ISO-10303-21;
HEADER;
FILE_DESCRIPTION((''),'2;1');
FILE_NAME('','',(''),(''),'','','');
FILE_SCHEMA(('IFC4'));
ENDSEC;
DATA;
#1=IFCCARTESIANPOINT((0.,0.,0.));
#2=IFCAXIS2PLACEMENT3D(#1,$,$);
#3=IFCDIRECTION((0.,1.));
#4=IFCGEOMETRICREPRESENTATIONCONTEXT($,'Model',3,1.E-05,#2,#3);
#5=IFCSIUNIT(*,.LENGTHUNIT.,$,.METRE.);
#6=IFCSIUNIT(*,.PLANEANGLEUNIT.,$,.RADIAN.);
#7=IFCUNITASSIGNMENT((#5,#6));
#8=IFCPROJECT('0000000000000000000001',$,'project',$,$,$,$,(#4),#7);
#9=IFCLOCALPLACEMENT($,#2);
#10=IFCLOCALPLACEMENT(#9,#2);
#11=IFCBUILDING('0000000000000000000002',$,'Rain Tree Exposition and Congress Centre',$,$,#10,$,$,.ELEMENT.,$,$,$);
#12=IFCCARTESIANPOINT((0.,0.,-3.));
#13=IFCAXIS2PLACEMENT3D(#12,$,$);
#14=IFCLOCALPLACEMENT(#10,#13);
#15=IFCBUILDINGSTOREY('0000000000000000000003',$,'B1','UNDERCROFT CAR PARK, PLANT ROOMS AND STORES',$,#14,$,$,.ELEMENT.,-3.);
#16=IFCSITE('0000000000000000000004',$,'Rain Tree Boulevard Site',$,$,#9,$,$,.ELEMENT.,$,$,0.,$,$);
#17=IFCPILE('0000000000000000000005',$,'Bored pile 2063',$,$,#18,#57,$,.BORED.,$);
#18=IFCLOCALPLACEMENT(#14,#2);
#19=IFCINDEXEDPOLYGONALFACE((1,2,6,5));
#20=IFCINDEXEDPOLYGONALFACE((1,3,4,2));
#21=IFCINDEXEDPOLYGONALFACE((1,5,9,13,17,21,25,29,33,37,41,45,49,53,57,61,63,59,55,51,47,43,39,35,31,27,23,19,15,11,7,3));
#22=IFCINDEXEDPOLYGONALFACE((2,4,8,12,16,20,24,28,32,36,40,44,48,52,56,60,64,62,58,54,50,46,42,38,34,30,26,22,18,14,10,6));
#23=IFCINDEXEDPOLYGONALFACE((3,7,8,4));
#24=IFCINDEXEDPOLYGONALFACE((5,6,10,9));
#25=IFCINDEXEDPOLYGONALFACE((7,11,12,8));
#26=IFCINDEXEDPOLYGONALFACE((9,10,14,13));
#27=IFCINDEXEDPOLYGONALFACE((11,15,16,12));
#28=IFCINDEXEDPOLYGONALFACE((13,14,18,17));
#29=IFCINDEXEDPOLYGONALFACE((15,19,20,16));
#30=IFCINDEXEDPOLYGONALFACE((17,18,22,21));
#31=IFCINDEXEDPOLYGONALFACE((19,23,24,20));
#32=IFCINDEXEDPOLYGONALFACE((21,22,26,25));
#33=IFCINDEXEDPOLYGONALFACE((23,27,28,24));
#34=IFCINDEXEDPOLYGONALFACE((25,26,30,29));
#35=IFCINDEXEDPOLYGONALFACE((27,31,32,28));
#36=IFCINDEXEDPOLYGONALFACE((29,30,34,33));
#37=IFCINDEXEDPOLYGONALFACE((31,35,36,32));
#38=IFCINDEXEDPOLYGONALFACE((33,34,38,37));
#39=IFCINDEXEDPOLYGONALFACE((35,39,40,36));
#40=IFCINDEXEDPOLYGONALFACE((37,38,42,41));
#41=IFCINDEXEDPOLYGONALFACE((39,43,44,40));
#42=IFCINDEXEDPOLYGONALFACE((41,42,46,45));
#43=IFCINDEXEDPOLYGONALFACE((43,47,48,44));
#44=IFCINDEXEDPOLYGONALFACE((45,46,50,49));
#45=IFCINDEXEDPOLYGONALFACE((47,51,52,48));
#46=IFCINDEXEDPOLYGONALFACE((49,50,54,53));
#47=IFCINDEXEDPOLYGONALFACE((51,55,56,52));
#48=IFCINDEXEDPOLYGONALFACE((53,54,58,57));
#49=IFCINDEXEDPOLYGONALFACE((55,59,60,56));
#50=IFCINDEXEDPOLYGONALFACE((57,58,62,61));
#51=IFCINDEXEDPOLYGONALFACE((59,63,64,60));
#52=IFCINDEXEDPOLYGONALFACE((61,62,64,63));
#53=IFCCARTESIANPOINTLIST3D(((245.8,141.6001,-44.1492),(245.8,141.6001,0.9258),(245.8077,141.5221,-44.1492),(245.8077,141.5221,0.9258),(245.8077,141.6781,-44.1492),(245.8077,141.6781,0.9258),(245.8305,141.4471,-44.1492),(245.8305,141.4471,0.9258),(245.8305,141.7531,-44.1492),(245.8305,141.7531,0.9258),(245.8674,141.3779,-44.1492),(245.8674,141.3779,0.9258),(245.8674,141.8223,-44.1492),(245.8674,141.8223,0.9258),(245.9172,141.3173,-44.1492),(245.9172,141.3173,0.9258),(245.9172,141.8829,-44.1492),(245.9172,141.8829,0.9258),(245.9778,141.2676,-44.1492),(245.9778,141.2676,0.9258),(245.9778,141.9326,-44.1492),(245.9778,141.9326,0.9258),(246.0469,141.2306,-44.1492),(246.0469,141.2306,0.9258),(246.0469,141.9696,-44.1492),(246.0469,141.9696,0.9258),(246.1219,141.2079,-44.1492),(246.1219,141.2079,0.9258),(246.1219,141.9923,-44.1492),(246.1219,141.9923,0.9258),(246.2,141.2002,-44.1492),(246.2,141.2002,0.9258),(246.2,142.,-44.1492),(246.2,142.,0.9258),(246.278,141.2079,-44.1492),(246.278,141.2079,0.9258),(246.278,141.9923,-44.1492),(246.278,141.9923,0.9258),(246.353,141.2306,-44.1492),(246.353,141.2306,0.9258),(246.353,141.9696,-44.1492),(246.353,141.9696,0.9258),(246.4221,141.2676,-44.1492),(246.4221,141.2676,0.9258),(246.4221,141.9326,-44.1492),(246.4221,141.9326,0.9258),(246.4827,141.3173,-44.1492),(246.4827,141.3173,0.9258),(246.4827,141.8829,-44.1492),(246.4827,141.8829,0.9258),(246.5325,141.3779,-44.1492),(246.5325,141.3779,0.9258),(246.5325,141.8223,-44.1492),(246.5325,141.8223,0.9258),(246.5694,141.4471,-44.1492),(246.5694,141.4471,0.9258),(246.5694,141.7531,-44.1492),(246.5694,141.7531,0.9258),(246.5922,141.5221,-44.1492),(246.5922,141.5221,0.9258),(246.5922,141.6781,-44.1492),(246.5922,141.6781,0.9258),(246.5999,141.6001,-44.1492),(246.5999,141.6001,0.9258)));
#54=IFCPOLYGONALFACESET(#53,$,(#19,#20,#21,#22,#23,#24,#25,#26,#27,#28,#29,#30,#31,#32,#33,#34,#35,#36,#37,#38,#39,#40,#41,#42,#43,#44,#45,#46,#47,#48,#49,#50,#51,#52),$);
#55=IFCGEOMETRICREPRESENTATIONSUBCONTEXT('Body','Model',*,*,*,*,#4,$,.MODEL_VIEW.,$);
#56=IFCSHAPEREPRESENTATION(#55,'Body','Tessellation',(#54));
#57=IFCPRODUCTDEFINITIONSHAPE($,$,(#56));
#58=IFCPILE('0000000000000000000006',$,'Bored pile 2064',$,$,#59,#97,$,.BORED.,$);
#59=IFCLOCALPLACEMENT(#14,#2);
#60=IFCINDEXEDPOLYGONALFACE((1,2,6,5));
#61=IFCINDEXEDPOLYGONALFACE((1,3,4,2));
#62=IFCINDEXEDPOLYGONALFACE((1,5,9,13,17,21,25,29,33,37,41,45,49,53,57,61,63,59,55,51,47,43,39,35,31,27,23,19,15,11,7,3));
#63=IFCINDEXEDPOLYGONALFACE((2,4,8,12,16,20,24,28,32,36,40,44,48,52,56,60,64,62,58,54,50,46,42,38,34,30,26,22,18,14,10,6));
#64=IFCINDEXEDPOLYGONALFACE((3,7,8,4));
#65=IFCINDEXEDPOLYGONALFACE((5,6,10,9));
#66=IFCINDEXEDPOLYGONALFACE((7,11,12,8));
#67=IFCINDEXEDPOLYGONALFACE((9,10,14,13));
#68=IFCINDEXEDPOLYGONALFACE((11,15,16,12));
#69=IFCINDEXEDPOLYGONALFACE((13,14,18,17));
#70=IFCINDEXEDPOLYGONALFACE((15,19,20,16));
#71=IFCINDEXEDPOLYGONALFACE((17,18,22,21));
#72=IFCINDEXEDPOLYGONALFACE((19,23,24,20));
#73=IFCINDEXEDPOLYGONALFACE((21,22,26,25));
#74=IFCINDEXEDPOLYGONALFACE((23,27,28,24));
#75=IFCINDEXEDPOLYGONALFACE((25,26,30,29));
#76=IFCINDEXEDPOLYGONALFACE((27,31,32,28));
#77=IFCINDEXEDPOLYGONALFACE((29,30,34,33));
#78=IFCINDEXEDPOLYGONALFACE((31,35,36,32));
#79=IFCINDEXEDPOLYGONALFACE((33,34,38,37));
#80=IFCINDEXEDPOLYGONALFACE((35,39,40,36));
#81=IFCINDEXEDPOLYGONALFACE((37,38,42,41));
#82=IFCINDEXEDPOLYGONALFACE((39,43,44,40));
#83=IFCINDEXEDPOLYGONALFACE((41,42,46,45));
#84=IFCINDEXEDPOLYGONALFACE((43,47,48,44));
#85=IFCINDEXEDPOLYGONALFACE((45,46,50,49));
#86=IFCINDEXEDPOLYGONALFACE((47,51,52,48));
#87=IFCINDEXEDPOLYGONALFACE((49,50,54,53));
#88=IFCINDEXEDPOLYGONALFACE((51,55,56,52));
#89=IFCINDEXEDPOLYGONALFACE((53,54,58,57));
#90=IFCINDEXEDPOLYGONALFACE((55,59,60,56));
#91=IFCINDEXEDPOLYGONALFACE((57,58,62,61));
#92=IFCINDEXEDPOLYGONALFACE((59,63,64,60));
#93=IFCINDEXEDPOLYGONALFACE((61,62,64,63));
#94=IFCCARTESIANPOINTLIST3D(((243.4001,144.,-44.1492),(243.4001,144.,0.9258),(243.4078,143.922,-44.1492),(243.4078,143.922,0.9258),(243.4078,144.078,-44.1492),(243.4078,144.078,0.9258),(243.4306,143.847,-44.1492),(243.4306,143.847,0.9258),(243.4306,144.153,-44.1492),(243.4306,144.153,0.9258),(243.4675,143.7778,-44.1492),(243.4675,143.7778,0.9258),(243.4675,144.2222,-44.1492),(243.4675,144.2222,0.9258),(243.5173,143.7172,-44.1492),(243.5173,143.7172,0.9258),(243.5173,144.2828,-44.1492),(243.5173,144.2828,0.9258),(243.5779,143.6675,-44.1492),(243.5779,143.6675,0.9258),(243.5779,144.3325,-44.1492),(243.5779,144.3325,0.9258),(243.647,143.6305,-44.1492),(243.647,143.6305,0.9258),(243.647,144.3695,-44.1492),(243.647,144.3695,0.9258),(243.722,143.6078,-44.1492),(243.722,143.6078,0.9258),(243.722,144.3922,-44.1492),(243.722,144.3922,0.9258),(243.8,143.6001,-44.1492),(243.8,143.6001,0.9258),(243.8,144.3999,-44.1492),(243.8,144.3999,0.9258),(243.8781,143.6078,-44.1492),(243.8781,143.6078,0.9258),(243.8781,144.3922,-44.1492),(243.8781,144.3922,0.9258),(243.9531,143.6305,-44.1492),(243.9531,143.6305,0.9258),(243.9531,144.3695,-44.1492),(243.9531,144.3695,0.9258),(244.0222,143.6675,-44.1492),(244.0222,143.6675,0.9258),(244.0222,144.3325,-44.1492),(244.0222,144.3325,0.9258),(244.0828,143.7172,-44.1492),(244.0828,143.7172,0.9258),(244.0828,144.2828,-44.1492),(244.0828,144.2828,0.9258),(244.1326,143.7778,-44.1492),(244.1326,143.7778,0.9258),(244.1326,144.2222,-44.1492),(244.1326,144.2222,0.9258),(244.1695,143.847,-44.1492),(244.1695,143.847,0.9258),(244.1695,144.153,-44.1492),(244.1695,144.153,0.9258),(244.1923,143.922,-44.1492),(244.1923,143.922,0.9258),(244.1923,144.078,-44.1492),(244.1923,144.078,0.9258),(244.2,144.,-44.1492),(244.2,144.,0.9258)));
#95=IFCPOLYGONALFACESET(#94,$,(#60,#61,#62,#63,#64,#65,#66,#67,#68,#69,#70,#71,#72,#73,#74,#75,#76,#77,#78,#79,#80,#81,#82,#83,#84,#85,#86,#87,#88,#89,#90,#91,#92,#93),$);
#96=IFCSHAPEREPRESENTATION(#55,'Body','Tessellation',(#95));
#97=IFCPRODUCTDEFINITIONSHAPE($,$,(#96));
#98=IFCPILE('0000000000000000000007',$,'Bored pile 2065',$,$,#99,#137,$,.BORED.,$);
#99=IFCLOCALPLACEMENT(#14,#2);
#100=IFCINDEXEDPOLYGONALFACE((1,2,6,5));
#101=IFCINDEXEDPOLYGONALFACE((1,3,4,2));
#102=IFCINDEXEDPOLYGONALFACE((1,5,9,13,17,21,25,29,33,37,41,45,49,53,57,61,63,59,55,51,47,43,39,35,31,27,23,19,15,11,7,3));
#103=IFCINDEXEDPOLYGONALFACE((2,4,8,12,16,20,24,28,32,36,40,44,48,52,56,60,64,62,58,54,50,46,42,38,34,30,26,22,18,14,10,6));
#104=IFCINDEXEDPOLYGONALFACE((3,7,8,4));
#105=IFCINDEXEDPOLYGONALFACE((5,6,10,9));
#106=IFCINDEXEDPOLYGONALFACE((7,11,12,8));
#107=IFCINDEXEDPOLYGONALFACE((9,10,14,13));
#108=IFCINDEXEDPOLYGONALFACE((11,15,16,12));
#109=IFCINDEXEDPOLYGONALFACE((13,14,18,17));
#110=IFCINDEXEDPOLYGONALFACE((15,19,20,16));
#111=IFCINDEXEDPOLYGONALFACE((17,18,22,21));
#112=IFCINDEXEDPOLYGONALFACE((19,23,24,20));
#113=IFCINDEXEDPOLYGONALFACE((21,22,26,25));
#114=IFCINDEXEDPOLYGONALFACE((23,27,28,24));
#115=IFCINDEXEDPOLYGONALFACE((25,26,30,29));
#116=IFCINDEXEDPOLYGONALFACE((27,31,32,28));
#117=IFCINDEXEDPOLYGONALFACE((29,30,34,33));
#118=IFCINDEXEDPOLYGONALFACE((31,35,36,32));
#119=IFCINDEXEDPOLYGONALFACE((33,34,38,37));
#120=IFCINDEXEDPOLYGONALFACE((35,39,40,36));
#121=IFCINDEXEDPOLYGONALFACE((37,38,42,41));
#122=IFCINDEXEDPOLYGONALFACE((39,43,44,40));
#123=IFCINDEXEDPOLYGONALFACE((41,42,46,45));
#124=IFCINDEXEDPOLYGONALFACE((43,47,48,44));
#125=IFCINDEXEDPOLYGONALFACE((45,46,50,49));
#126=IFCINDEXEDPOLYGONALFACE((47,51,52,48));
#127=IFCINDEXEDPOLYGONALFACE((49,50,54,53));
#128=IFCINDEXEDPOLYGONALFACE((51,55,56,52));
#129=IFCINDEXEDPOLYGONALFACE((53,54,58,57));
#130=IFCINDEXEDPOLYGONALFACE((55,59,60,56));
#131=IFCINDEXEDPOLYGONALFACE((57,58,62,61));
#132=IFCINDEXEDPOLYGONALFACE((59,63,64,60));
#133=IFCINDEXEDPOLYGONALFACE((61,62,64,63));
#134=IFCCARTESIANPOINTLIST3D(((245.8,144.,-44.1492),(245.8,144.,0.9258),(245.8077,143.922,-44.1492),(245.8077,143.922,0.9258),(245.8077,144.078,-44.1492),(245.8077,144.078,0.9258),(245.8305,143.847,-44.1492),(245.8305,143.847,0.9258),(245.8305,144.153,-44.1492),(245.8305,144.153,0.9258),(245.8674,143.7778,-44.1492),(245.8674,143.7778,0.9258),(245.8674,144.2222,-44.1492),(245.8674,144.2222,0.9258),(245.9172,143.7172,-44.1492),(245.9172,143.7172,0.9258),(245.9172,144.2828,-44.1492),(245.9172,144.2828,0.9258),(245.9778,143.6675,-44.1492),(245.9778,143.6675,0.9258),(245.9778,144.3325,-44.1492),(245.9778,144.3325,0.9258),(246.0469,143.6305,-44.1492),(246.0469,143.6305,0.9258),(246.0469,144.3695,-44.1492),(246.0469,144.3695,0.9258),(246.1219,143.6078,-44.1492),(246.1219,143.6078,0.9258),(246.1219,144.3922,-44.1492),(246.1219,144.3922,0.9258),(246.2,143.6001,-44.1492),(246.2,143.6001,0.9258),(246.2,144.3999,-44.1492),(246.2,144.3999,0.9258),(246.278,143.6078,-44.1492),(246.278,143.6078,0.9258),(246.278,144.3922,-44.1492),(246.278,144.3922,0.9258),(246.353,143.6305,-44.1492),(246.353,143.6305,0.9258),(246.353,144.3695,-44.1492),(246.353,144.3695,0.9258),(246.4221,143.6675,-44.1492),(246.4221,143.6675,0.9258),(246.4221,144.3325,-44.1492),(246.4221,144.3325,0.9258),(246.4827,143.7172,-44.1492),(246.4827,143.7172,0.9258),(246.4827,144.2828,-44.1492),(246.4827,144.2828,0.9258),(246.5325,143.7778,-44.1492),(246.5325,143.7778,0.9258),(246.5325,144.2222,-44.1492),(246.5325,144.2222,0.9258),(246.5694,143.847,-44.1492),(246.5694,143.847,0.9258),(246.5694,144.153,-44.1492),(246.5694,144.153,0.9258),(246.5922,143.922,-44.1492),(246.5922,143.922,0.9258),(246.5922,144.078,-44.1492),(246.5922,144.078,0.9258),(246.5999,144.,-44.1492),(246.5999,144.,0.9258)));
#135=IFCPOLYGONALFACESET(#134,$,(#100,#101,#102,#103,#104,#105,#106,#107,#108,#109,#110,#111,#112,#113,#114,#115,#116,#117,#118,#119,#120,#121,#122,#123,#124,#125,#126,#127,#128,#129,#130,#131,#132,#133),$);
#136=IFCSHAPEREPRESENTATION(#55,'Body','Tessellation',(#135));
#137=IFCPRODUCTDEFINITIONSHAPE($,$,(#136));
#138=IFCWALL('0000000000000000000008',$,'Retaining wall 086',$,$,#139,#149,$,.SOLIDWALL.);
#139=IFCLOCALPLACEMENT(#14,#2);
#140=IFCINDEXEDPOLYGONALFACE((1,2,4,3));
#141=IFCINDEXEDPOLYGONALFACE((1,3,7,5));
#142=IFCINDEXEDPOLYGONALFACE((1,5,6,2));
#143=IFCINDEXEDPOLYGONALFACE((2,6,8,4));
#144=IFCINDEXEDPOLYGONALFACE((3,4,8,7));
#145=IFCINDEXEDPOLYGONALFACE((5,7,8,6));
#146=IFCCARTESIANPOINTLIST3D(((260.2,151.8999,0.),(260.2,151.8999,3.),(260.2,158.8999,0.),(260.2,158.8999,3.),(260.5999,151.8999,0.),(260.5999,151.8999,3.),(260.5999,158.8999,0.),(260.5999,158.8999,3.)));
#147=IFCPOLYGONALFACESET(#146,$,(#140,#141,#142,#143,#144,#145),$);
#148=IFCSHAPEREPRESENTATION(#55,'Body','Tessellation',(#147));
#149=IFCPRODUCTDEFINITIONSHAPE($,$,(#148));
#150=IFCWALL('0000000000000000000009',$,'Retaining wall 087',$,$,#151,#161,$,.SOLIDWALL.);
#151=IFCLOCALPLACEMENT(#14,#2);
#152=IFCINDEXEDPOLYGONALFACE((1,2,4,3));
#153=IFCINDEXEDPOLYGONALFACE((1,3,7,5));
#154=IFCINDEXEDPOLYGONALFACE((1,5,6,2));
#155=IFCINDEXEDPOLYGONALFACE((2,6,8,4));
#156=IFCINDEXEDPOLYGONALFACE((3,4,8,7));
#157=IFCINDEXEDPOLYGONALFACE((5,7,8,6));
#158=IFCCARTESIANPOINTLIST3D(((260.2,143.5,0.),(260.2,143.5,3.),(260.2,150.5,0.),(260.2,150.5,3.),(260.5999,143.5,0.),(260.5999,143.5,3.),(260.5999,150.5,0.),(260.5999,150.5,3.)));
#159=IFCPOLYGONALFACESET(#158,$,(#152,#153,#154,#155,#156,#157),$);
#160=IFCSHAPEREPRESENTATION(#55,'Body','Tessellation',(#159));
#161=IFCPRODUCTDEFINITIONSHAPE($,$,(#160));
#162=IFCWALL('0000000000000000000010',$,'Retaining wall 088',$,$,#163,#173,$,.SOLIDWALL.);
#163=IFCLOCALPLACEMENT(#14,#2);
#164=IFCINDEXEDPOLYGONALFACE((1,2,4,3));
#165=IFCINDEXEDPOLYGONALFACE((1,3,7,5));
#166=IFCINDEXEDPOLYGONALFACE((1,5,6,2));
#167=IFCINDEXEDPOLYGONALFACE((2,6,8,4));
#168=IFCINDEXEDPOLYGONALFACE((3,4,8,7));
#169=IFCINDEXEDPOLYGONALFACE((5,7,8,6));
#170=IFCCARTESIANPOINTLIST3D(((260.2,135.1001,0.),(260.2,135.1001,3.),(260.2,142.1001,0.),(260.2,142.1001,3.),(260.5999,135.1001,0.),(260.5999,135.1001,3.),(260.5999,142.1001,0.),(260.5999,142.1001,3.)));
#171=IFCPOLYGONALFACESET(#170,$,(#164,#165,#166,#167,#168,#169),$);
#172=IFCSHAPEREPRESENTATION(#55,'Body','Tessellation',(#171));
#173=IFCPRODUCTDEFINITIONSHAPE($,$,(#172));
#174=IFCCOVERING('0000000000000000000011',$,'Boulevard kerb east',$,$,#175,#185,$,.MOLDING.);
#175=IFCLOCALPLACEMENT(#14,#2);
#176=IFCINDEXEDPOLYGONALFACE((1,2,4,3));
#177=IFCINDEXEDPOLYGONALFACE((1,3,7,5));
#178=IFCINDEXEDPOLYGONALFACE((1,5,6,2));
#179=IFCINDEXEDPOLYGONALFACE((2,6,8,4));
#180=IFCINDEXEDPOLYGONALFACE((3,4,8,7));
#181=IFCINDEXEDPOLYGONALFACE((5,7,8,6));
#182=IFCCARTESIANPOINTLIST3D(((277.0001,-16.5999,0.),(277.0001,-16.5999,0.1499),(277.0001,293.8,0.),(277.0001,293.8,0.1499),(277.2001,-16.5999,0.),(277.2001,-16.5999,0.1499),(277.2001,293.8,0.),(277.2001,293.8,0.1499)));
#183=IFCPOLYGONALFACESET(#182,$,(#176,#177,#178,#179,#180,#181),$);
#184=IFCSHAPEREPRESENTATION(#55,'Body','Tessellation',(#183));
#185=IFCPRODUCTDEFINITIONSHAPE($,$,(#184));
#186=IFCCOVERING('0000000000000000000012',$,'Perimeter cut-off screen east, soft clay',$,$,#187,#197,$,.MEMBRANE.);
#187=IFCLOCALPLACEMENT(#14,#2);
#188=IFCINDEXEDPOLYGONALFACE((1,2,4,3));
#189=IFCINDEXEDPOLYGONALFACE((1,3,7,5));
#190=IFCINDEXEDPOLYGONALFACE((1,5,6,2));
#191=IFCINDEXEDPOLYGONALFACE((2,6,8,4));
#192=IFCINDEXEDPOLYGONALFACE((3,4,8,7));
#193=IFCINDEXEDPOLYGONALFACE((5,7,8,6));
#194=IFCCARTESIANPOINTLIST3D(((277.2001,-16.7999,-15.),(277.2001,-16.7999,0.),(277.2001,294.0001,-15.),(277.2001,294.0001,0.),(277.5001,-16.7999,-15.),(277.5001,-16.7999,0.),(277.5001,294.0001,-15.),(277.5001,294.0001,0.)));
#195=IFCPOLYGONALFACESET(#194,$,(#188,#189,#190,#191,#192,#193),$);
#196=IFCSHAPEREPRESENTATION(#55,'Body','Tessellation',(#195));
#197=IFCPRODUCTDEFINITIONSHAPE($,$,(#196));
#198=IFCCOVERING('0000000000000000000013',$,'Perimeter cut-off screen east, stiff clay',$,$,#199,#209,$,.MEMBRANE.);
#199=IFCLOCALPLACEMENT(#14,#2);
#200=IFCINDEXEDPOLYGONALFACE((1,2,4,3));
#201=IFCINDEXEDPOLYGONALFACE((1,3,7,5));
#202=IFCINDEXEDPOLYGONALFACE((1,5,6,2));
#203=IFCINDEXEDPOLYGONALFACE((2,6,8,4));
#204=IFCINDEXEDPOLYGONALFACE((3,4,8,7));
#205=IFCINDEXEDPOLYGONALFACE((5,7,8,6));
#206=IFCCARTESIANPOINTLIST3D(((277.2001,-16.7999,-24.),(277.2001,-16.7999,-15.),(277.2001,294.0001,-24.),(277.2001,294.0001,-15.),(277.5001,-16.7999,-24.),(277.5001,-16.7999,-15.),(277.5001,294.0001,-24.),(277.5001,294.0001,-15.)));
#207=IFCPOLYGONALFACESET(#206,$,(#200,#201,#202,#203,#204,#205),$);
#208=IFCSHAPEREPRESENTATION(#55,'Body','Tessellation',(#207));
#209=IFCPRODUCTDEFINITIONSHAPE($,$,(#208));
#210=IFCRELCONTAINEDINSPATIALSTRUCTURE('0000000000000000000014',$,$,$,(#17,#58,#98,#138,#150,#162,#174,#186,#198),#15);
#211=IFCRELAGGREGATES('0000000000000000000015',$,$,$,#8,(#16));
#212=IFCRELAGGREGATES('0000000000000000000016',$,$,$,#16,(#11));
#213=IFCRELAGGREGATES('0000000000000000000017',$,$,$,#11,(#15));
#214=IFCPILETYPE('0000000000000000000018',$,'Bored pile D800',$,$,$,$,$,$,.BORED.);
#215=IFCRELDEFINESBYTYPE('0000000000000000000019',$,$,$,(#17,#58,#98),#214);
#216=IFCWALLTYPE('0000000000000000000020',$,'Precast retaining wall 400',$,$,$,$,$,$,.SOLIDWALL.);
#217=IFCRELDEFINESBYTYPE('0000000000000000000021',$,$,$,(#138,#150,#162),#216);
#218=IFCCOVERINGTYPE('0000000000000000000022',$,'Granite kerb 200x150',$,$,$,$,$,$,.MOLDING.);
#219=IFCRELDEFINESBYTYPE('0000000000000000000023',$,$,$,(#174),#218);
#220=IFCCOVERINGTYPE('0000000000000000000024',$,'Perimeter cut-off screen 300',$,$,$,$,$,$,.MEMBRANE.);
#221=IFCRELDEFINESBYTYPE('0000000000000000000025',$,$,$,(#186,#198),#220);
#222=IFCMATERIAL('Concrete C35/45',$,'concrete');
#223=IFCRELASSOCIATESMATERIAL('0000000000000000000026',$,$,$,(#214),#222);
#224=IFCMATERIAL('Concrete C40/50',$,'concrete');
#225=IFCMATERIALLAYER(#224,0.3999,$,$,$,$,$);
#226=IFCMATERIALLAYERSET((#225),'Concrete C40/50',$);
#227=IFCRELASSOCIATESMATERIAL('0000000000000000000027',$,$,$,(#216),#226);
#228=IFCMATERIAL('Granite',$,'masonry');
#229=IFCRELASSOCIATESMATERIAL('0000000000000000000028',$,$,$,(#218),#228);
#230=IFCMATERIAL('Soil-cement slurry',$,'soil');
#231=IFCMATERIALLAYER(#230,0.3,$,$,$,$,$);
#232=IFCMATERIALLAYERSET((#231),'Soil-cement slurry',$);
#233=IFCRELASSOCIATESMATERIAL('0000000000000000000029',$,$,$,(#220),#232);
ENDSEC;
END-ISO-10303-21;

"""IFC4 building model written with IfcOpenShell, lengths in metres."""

from ifc_helpers import new_model, si_unit, direction, frame, frame_2d, origin, origin_2d, place, context, subcontext, project, spatial, rectangle, circle, extrude, material, layer, layer_set, material_profile, profile_set, type_object, element, save


model = new_model("IFC4")

# Units and contexts
model_context = context("Model", 3, precision=1e-05, world=origin(), true_north=direction((0.0, 1.0)))
body_context = subcontext(model_context, "Body", "Model", "MODEL_VIEW")
ifc_project = project(units=[si_unit("LENGTHUNIT", "METRE"), si_unit("PLANEANGLEUNIT", "RADIAN")], contexts=[model_context])

# Site, building, storey
site_placement = place(None, origin())
site = spatial("IfcSite", under=ifc_project, at=site_placement, Name="Rain Tree Boulevard Site", CompositionType="ELEMENT", RefElevation=0.0)
building_placement = place(site_placement, origin())
building = spatial("IfcBuilding", under=site, at=building_placement, Name="Rain Tree Exposition and Congress Centre", CompositionType="ELEMENT")
storey_placement = place(building_placement, frame((0.0, 0.0, -3.0)))
storey = spatial("IfcBuildingStorey", under=building, at=storey_placement, Name="B1", Description="UNDERCROFT CAR PARK, PLANT ROOMS AND STORES", CompositionType="ELEMENT", Elevation=-3.0)

# Piles
ifc_material_1 = material(Name="Concrete C35/45", Category="concrete")
ifc_material_profile_1 = material_profile(ifc_material_1, circle(Radius=0.3999, at=origin_2d()), Name="D800")
ifc_profile_set_1 = profile_set([ifc_material_profile_1], Name="Concrete C35/45")
pile_type_1 = type_object("IfcPileType", Name="Bored pile D800", PredefinedType="BORED", material=ifc_profile_set_1)
for number, where, z_axis, x_axis, name in (
    (1, (246.2, 141.6001, 0.9258), (0.0, 0.0, -1.0), (1.0, 0.0, 0.0), "Bored pile 2063"),
    (2, (243.8, 144.0, 0.9258), (0.0, 0.0, -1.0), (1.0, 0.0, 0.0), "Bored pile 2064"),
    (3, (246.2, 144.0, 0.9258), (0.0, 0.0, -1.0), (1.0, 0.0, 0.0), "Bored pile 2065"),
):
    element("IfcPile", number, at=place(storey_placement, frame(where, z_axis=z_axis, x_axis=x_axis)), inside=storey, type_object=pile_type_1, Name=name, PredefinedType="BORED", context=body_context, shape_type="SweptSolid", body=[
        extrude(circle(Radius=0.3999, at=origin_2d()), origin(), (0.0, 0.0, 1.0), 45.075),
    ])

# Walls
ifc_material_2 = material(Name="Concrete C40/50", Category="concrete")
ifc_layer_1 = layer(ifc_material_2, 0.3999)
ifc_layer_set_1 = layer_set([ifc_layer_1], Name="Concrete C40/50")
wall_type = type_object("IfcWallType", Name="Precast retaining wall 400", PredefinedType="SOLIDWALL", material=ifc_layer_set_1)
for number, where, z_axis, x_axis, name in (
    (4, (260.3999, 158.8999, 0.0), (0.0, 0.0, 1.0), (0.0, -1.0, 0.0), "Retaining wall 086"),
    (5, (260.3999, 150.5, 0.0), (0.0, 0.0, 1.0), (0.0, -1.0, 0.0), "Retaining wall 087"),
    (6, (260.3999, 142.1001, 0.0), (0.0, 0.0, 1.0), (0.0, -1.0, 0.0), "Retaining wall 088"),
):
    element("IfcWall", number, at=place(storey_placement, frame(where, z_axis=z_axis, x_axis=x_axis)), inside=storey, type_object=wall_type, Name=name, PredefinedType="SOLIDWALL", context=body_context, shape_type="SweptSolid", body=[
        extrude(rectangle(XDim=7.0, YDim=0.3999, at=frame_2d((3.5, 0.0))), origin(), (0.0, 0.0, 1.0), 3.0),
    ])

# Coverings
ifc_material_3 = material(Name="Granite", Category="masonry")
covering_type_1 = type_object("IfcCoveringType", Name="Granite kerb 200x150", PredefinedType="MOLDING", material=ifc_material_3)
covering_1_placement = place(storey_placement, frame((277.1001, 138.6001, 0.0), z_axis=(0.0, 0.0, 1.0), x_axis=(1.0, 0.0, 0.0)))
element("IfcCovering", 7, at=covering_1_placement, inside=storey, type_object=covering_type_1, Name="Boulevard kerb east", PredefinedType="MOLDING", context=body_context, shape_type="SweptSolid", body=[
    extrude(rectangle(XDim=0.2, YDim=310.3999, at=origin_2d()), origin(), (0.0, 0.0, 1.0), 0.1499),
])
ifc_material_4 = material(Name="Soil-cement slurry", Category="soil")
ifc_layer_2 = layer(ifc_material_4, 0.3)
ifc_layer_set_2 = layer_set([ifc_layer_2], Name="Soil-cement slurry")
covering_type_2 = type_object("IfcCoveringType", Name="Perimeter cut-off screen 300", PredefinedType="MEMBRANE", material=ifc_layer_set_2)
covering_2_placement = place(storey_placement, frame((277.3501, 138.6001, -15.0), z_axis=(0.0, 0.0, 1.0), x_axis=(1.0, 0.0, 0.0)))
element("IfcCovering", 8, at=covering_2_placement, inside=storey, type_object=covering_type_2, Name="Perimeter cut-off screen east, soft clay", PredefinedType="MEMBRANE", context=body_context, shape_type="SweptSolid", body=[
    extrude(rectangle(XDim=0.3, YDim=310.8, at=origin_2d()), origin(), (0.0, 0.0, 1.0), 15.0),
])
covering_3_placement = place(storey_placement, frame((277.3501, 138.6001, -24.0), z_axis=(0.0, 0.0, 1.0), x_axis=(1.0, 0.0, 0.0)))
element("IfcCovering", 9, at=covering_3_placement, inside=storey, type_object=covering_type_2, Name="Perimeter cut-off screen east, stiff clay", PredefinedType="MEMBRANE", context=body_context, shape_type="SweptSolid", body=[
    extrude(rectangle(XDim=0.3, YDim=310.8, at=origin_2d()), origin(), (0.0, 0.0, 1.0), 9.0),
])

save(model, "model.ifc")
